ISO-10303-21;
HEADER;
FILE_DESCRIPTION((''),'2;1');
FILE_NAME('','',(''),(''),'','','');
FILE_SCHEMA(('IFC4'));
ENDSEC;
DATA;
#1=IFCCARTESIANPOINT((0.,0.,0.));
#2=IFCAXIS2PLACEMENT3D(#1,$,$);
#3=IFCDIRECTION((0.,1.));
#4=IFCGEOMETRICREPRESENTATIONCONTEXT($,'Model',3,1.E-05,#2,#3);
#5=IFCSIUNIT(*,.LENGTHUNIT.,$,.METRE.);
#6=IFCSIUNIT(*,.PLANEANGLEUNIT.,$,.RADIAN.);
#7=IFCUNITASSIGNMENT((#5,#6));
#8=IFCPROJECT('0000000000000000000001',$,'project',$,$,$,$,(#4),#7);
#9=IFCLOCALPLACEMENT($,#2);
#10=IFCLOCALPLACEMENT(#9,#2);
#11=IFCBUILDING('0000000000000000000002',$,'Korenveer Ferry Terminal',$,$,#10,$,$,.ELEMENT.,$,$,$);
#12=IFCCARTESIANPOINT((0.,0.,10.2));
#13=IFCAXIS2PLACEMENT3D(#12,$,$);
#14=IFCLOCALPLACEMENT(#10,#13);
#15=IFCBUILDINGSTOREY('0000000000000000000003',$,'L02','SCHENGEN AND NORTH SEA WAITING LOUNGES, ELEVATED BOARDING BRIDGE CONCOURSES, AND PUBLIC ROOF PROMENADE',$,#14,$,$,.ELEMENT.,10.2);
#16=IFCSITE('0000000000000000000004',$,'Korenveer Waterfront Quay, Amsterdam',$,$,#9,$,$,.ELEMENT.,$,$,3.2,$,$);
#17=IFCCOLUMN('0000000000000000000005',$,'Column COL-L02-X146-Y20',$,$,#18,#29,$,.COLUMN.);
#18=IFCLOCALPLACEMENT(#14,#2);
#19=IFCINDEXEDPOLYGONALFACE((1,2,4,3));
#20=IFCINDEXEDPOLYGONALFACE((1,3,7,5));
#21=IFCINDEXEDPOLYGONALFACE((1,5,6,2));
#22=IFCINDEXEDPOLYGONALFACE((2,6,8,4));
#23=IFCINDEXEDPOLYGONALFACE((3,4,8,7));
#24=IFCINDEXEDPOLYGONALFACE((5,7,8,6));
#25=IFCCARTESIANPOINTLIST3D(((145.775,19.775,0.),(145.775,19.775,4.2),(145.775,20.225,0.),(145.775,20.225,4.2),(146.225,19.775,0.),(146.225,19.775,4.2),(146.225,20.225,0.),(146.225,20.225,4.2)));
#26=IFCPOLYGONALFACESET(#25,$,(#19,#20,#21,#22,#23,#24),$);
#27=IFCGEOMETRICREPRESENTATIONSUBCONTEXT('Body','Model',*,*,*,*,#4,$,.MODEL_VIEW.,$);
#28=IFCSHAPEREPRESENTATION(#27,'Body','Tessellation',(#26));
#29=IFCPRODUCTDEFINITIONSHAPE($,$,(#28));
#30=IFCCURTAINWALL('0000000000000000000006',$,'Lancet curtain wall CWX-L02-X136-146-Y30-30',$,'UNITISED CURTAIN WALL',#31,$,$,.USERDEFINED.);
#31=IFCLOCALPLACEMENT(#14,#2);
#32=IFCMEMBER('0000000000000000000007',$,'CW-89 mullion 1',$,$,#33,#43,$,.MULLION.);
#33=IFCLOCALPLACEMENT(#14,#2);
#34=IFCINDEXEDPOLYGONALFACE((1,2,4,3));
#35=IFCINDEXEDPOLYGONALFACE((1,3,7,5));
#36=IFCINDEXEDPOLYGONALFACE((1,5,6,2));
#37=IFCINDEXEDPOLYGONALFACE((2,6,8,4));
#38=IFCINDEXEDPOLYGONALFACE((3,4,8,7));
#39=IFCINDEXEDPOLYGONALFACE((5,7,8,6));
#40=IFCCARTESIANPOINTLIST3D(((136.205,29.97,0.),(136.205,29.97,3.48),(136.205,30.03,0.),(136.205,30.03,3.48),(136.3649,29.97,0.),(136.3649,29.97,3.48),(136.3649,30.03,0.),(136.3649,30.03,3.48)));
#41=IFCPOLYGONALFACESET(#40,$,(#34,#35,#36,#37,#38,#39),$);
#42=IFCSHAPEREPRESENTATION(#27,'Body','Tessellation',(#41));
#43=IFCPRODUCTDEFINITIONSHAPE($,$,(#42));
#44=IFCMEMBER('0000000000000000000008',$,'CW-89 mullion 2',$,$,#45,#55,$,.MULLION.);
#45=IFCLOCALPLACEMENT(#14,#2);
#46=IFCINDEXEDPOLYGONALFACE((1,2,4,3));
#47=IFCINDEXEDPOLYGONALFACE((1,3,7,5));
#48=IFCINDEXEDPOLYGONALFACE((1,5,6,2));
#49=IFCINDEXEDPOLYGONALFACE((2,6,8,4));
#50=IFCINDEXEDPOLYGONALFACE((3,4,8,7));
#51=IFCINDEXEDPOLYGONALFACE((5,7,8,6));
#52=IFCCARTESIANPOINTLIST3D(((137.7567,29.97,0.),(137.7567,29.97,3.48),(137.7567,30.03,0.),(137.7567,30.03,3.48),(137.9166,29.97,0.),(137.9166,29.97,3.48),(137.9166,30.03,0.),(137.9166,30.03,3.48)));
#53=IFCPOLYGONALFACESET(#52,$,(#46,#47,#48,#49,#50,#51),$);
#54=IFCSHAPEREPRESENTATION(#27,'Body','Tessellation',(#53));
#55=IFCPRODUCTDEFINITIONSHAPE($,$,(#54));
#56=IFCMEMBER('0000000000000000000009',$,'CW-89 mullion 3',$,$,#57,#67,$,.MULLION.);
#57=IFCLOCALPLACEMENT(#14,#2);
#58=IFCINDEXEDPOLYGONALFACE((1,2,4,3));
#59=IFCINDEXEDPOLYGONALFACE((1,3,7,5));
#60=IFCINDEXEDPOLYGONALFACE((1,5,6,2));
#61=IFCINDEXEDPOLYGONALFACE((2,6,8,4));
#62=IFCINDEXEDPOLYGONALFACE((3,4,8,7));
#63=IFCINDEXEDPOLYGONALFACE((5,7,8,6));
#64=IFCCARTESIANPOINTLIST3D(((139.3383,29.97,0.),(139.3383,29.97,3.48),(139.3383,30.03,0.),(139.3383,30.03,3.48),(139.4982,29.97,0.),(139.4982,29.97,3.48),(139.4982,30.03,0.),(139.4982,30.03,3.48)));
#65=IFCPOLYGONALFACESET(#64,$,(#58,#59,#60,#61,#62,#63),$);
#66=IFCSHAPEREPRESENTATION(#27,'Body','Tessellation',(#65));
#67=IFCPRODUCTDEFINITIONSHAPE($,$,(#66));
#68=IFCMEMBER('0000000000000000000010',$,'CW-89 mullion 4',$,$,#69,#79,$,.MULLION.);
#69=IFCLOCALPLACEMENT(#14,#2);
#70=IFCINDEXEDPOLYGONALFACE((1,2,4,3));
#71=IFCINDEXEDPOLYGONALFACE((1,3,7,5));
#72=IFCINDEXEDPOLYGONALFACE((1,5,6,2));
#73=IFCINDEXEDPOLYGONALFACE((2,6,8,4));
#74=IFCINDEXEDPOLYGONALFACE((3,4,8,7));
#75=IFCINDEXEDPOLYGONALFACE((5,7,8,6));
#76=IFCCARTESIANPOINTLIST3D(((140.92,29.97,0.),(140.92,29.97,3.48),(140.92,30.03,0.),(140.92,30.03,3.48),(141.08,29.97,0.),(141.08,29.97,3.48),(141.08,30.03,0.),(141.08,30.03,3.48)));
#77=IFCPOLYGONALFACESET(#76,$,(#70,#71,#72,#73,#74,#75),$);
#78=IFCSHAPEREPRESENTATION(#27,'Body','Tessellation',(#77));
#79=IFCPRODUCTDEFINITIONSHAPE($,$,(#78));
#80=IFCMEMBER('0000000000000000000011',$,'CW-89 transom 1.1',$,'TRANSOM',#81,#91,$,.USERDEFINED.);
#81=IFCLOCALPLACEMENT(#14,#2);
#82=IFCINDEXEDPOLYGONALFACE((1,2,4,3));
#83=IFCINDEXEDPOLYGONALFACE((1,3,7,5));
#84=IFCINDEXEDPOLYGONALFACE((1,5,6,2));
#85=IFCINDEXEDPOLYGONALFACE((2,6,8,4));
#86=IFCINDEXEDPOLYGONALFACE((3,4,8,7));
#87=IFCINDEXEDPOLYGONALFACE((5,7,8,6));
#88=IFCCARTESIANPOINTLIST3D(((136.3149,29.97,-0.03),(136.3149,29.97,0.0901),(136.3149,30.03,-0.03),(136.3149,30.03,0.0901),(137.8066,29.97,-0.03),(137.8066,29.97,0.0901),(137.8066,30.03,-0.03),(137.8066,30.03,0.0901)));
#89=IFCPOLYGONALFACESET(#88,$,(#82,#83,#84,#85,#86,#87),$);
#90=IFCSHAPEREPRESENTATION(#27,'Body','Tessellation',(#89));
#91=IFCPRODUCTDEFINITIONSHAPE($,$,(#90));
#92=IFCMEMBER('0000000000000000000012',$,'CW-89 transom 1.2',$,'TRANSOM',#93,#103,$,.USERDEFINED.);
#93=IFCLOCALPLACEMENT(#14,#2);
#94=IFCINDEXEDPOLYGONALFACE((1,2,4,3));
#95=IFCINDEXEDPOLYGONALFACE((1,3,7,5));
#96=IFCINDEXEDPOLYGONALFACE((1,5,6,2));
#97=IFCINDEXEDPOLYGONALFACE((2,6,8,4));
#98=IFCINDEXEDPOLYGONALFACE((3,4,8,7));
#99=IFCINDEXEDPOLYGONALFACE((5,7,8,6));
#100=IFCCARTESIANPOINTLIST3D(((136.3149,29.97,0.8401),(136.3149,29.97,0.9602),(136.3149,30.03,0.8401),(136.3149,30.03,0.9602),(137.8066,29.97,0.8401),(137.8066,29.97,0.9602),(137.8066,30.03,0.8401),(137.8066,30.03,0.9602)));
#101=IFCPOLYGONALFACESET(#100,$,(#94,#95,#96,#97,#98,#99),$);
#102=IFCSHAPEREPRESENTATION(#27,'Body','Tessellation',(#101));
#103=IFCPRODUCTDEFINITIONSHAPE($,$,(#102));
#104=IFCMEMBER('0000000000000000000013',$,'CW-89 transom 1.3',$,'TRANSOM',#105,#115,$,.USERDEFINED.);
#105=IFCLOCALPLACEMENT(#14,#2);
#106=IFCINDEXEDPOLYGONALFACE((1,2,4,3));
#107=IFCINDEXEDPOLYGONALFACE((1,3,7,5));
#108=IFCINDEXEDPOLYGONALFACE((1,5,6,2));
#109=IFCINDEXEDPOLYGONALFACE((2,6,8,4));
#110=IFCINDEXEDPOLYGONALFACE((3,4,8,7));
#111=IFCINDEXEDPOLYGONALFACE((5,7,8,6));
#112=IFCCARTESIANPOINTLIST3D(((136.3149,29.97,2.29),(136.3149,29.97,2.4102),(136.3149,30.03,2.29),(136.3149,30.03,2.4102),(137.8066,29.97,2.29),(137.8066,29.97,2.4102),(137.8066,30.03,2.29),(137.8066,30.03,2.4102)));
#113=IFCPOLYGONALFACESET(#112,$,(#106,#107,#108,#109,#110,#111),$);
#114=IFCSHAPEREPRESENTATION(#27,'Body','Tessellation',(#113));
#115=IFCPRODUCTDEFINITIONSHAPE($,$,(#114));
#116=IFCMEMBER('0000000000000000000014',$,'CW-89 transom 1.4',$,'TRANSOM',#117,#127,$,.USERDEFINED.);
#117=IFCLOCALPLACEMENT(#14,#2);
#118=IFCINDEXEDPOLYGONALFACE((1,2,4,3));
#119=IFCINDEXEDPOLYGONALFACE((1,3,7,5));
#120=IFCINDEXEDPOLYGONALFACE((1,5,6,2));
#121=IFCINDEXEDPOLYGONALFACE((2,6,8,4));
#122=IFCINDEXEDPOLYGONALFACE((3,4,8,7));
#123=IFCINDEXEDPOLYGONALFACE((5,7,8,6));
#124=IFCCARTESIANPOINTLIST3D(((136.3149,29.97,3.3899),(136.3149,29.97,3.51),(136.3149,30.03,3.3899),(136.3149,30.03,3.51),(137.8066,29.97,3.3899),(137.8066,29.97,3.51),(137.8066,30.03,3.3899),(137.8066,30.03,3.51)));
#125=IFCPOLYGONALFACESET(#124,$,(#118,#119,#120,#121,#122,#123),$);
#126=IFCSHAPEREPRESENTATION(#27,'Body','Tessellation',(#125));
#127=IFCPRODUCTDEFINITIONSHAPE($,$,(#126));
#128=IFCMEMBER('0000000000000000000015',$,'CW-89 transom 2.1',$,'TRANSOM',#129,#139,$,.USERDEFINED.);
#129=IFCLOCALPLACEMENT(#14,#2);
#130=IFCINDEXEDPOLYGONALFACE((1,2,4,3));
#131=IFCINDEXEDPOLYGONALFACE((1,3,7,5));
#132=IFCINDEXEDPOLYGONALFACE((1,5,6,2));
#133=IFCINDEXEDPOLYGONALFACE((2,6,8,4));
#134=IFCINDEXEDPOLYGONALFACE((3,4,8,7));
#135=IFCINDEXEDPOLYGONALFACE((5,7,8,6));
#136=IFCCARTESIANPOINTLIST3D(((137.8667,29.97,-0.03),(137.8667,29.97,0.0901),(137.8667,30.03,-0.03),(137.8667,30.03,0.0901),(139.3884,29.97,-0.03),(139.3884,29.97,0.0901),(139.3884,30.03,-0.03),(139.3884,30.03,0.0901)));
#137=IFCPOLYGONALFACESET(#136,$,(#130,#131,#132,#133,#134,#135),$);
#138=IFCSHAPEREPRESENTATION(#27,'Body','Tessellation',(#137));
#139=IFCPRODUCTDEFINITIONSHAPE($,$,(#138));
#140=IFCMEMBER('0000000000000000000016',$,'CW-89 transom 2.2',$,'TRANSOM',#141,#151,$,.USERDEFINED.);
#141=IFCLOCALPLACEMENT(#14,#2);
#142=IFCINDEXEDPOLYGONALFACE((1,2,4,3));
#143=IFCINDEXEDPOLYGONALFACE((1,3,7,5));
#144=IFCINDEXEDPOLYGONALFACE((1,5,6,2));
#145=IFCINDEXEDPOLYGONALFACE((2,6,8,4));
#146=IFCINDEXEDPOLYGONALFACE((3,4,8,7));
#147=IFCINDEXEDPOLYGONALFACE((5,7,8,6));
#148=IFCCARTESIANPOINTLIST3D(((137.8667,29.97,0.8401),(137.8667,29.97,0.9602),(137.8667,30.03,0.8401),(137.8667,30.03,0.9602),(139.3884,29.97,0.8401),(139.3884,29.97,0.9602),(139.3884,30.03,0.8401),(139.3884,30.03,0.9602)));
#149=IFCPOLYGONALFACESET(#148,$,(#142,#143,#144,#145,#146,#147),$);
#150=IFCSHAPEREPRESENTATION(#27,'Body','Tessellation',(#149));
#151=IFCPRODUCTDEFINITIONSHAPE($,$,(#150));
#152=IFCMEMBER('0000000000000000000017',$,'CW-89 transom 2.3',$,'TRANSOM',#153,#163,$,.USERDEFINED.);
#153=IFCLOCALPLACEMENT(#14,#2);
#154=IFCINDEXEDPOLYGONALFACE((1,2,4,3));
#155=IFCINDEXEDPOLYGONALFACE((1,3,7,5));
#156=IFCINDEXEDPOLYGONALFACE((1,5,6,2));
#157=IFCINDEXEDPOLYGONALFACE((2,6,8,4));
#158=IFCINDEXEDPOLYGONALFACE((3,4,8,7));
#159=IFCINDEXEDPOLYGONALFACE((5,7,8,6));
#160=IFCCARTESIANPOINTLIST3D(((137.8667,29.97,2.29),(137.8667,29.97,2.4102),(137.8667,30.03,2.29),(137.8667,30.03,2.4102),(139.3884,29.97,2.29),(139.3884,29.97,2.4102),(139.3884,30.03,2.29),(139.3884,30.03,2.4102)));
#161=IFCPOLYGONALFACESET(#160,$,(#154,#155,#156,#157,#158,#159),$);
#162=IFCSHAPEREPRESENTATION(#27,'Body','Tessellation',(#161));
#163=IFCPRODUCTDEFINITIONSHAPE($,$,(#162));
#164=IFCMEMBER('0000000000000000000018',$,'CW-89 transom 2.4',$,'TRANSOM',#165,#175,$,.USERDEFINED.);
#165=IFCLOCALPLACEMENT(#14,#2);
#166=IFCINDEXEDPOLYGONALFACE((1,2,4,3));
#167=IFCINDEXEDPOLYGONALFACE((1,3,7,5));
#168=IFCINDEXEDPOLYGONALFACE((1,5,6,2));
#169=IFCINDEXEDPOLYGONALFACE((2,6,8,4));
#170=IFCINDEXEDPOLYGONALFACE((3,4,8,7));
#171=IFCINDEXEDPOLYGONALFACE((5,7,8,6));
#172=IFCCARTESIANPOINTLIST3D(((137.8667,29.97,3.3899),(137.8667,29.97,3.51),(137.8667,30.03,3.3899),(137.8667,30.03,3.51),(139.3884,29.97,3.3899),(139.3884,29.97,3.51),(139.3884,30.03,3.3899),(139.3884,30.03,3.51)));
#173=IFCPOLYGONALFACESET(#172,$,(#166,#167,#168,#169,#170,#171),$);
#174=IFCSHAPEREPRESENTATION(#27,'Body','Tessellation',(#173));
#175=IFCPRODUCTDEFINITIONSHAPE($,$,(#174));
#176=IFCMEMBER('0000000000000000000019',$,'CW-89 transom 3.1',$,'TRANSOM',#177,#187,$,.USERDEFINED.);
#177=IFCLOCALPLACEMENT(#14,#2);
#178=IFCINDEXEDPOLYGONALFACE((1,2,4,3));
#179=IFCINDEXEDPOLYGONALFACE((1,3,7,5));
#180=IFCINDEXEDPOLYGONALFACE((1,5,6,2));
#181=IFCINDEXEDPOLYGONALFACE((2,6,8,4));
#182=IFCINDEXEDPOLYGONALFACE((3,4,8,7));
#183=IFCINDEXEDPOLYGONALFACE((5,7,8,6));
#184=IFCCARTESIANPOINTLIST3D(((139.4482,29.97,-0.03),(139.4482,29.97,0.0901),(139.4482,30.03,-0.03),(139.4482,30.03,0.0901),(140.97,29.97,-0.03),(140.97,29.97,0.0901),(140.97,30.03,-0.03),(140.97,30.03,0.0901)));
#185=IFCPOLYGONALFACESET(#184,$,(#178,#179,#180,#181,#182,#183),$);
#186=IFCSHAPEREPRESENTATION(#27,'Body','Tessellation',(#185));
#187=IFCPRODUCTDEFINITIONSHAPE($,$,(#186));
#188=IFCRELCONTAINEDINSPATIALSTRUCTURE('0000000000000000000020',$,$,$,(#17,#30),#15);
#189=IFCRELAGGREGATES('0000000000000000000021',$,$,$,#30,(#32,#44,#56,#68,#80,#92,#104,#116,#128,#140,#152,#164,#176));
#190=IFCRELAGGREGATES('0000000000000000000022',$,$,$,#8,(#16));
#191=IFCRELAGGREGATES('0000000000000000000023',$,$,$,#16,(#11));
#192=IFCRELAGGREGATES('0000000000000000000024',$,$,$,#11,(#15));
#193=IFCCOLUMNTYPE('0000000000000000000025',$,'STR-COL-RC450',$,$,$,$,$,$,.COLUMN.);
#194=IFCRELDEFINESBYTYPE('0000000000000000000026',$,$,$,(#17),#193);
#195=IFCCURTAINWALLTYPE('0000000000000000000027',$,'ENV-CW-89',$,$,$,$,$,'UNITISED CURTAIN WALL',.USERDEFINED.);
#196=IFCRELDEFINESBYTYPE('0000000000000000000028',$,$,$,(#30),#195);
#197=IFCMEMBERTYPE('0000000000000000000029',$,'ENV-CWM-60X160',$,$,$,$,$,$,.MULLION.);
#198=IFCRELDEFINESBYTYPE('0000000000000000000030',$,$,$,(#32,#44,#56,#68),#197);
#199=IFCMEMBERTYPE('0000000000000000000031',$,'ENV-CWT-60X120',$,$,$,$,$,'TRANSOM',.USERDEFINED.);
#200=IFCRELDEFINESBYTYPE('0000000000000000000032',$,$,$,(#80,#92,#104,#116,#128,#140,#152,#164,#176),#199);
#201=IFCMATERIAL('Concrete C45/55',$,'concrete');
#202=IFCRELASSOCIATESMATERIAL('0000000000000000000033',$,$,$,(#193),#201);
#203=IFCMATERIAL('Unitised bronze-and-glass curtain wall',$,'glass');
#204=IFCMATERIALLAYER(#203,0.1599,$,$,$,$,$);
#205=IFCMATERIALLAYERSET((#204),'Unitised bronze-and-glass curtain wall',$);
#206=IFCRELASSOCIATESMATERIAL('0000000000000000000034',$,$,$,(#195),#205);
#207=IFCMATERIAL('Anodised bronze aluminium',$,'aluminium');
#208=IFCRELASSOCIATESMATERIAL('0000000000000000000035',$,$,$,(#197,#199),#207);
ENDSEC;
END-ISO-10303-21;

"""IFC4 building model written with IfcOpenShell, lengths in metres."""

from ifc_helpers import new_model, si_unit, direction, frame, origin, origin_2d, place, context, subcontext, project, spatial, rectangle, extrude, material, layer, layer_set, material_profile, profile_set, type_object, element, aggregate, save


model = new_model("IFC4")

# Units and contexts
model_context = context("Model", 3, precision=1e-05, world=origin(), true_north=direction((0.0, 1.0)))
body_context = subcontext(model_context, "Body", "Model", "MODEL_VIEW")
ifc_project = project(units=[si_unit("LENGTHUNIT", "METRE"), si_unit("PLANEANGLEUNIT", "RADIAN")], contexts=[model_context])

# Site, building, storey
site_placement = place(None, origin())
site = spatial("IfcSite", under=ifc_project, at=site_placement, Name="Korenveer Waterfront Quay, Amsterdam", CompositionType="ELEMENT", RefElevation=3.2)
building_placement = place(site_placement, origin())
building = spatial("IfcBuilding", under=site, at=building_placement, Name="Korenveer Ferry Terminal", CompositionType="ELEMENT")
storey_placement = place(building_placement, frame((0.0, 0.0, 10.2)))
storey = spatial("IfcBuildingStorey", under=building, at=storey_placement, Name="L02", Description="SCHENGEN AND NORTH SEA WAITING LOUNGES, ELEVATED BOARDING BRIDGE CONCOURSES, AND PUBLIC ROOF PROMENADE", CompositionType="ELEMENT", Elevation=10.2)

# Column
ifc_material_1 = material(Name="Concrete C45/55", Category="concrete")
ifc_material_profile_1 = material_profile(ifc_material_1, rectangle(XDim=0.45, YDim=0.45, at=origin_2d()), Name="RC 450x450")
ifc_profile_set_1 = profile_set([ifc_material_profile_1], Name="Concrete C45/55")
column_type = type_object("IfcColumnType", Name="STR-COL-RC450", PredefinedType="COLUMN", material=ifc_profile_set_1)
column_placement = place(storey_placement, frame((146.0, 20.0, 0.0), z_axis=(0.0, 0.0, 1.0), x_axis=(1.0, 0.0, 0.0)))
element("IfcColumn", 1, at=column_placement, inside=storey, type_object=column_type, Name="Column COL-L02-X146-Y20", PredefinedType="COLUMN", context=body_context, shape_type="SweptSolid", body=[
    extrude(rectangle(XDim=0.45, YDim=0.45, at=origin_2d()), origin(), (0.0, 0.0, 1.0), 4.2),
])

# Curtain wall, members
ifc_material_2 = material(Name="Unitised bronze-and-glass curtain wall", Category="glass")
ifc_layer_1 = layer(ifc_material_2, 0.1599)
ifc_layer_set_1 = layer_set([ifc_layer_1], Name="Unitised bronze-and-glass curtain wall")
curtain_wall_type = type_object("IfcCurtainWallType", Name="ENV-CW-89", ElementType="UNITISED CURTAIN WALL", PredefinedType="USERDEFINED", material=ifc_layer_set_1)
curtain_wall_placement = place(storey_placement, frame((136.2549, 30.0, 0.0)))
curtain_wall = element("IfcCurtainWall", 2, at=curtain_wall_placement, inside=storey, type_object=curtain_wall_type, Name="Lancet curtain wall CWX-L02-X136-146-Y30-30", ObjectType="UNITISED CURTAIN WALL", PredefinedType="USERDEFINED")
ifc_material_3 = material(Name="Anodised bronze aluminium", Category="aluminium")
ifc_material_profile_2 = material_profile(ifc_material_3, rectangle(XDim=0.0601, YDim=0.1599, at=origin_2d()), Name="ALU 60x160")
ifc_profile_set_2 = profile_set([ifc_material_profile_2], Name="Anodised bronze aluminium")
member_type_1 = type_object("IfcMemberType", Name="ENV-CWM-60X160", PredefinedType="MULLION", material=ifc_profile_set_2)
member_1_placement = place(storey_placement, frame((136.2849, 30.0, 0.0), z_axis=(0.0, 0.0, 1.0), x_axis=(0.0, 1.0, 0.0)))
member_1 = element("IfcMember", 3, at=member_1_placement, type_object=member_type_1, Name="CW-89 mullion 1", PredefinedType="MULLION", context=body_context, shape_type="SweptSolid", body=[
    extrude(rectangle(XDim=0.0601, YDim=0.1599, at=origin_2d()), origin(), (0.0, 0.0, 1.0), 3.48),
])
member_2_placement = place(storey_placement, frame((137.8367, 30.0, 0.0), z_axis=(0.0, 0.0, 1.0), x_axis=(0.0, 1.0, 0.0)))
member_2 = element("IfcMember", 4, at=member_2_placement, type_object=member_type_1, Name="CW-89 mullion 2", PredefinedType="MULLION", context=body_context, shape_type="SweptSolid", body=[
    extrude(rectangle(XDim=0.0601, YDim=0.1599, at=origin_2d()), origin(), (0.0, 0.0, 1.0), 3.48),
])
member_3_placement = place(storey_placement, frame((139.4182, 30.0, 0.0), z_axis=(0.0, 0.0, 1.0), x_axis=(0.0, 1.0, 0.0)))
member_3 = element("IfcMember", 5, at=member_3_placement, type_object=member_type_1, Name="CW-89 mullion 3", PredefinedType="MULLION", context=body_context, shape_type="SweptSolid", body=[
    extrude(rectangle(XDim=0.0601, YDim=0.1599, at=origin_2d()), origin(), (0.0, 0.0, 1.0), 3.48),
])
member_4_placement = place(storey_placement, frame((141.0, 30.0, 0.0), z_axis=(0.0, 0.0, 1.0), x_axis=(0.0, 1.0, 0.0)))
member_4 = element("IfcMember", 6, at=member_4_placement, type_object=member_type_1, Name="CW-89 mullion 4", PredefinedType="MULLION", context=body_context, shape_type="SweptSolid", body=[
    extrude(rectangle(XDim=0.0601, YDim=0.1599, at=origin_2d()), origin(), (0.0, 0.0, 1.0), 3.48),
])
ifc_material_profile_3 = material_profile(ifc_material_3, rectangle(XDim=0.0601, YDim=0.1201, at=origin_2d()), Name="ALU 60x120")
ifc_profile_set_3 = profile_set([ifc_material_profile_3], Name="Anodised bronze aluminium")
member_type_2 = type_object("IfcMemberType", Name="ENV-CWT-60X120", ElementType="TRANSOM", PredefinedType="USERDEFINED", material=ifc_profile_set_3)
member_5_placement = place(storey_placement, frame((136.3149, 30.0, 0.03), z_axis=(1.0, 0.0, 0.0), x_axis=(0.0, 1.0, 0.0)))
member_5 = element("IfcMember", 7, at=member_5_placement, type_object=member_type_2, Name="CW-89 transom 1.1", ObjectType="TRANSOM", PredefinedType="USERDEFINED", context=body_context, shape_type="SweptSolid", body=[
    extrude(rectangle(XDim=0.0601, YDim=0.1201, at=origin_2d()), origin(), (0.0, 0.0, 1.0), 1.4917),
])
member_6_placement = place(storey_placement, frame((136.3149, 30.0, 0.9001), z_axis=(1.0, 0.0, 0.0), x_axis=(0.0, 1.0, 0.0)))
member_6 = element("IfcMember", 8, at=member_6_placement, type_object=member_type_2, Name="CW-89 transom 1.2", ObjectType="TRANSOM", PredefinedType="USERDEFINED", context=body_context, shape_type="SweptSolid", body=[
    extrude(rectangle(XDim=0.0601, YDim=0.1201, at=origin_2d()), origin(), (0.0, 0.0, 1.0), 1.4917),
])
member_7_placement = place(storey_placement, frame((136.3149, 30.0, 2.3501), z_axis=(1.0, 0.0, 0.0), x_axis=(0.0, 1.0, 0.0)))
member_7 = element("IfcMember", 9, at=member_7_placement, type_object=member_type_2, Name="CW-89 transom 1.3", ObjectType="TRANSOM", PredefinedType="USERDEFINED", context=body_context, shape_type="SweptSolid", body=[
    extrude(rectangle(XDim=0.0601, YDim=0.1201, at=origin_2d()), origin(), (0.0, 0.0, 1.0), 1.4917),
])
member_8_placement = place(storey_placement, frame((136.3149, 30.0, 3.45), z_axis=(1.0, 0.0, 0.0), x_axis=(0.0, 1.0, 0.0)))
member_8 = element("IfcMember", 10, at=member_8_placement, type_object=member_type_2, Name="CW-89 transom 1.4", ObjectType="TRANSOM", PredefinedType="USERDEFINED", context=body_context, shape_type="SweptSolid", body=[
    extrude(rectangle(XDim=0.0601, YDim=0.1201, at=origin_2d()), origin(), (0.0, 0.0, 1.0), 1.4917),
])
member_9_placement = place(storey_placement, frame((137.8667, 30.0, 0.03), z_axis=(1.0, 0.0, 0.0), x_axis=(0.0, 1.0, 0.0)))
member_9 = element("IfcMember", 11, at=member_9_placement, type_object=member_type_2, Name="CW-89 transom 2.1", ObjectType="TRANSOM", PredefinedType="USERDEFINED", context=body_context, shape_type="SweptSolid", body=[
    extrude(rectangle(XDim=0.0601, YDim=0.1201, at=origin_2d()), origin(), (0.0, 0.0, 1.0), 1.5217),
])
member_10_placement = place(storey_placement, frame((137.8667, 30.0, 0.9001), z_axis=(1.0, 0.0, 0.0), x_axis=(0.0, 1.0, 0.0)))
member_10 = element("IfcMember", 12, at=member_10_placement, type_object=member_type_2, Name="CW-89 transom 2.2", ObjectType="TRANSOM", PredefinedType="USERDEFINED", context=body_context, shape_type="SweptSolid", body=[
    extrude(rectangle(XDim=0.0601, YDim=0.1201, at=origin_2d()), origin(), (0.0, 0.0, 1.0), 1.5217),
])
member_11_placement = place(storey_placement, frame((137.8667, 30.0, 2.3501), z_axis=(1.0, 0.0, 0.0), x_axis=(0.0, 1.0, 0.0)))
member_11 = element("IfcMember", 13, at=member_11_placement, type_object=member_type_2, Name="CW-89 transom 2.3", ObjectType="TRANSOM", PredefinedType="USERDEFINED", context=body_context, shape_type="SweptSolid", body=[
    extrude(rectangle(XDim=0.0601, YDim=0.1201, at=origin_2d()), origin(), (0.0, 0.0, 1.0), 1.5217),
])
member_12_placement = place(storey_placement, frame((137.8667, 30.0, 3.45), z_axis=(1.0, 0.0, 0.0), x_axis=(0.0, 1.0, 0.0)))
member_12 = element("IfcMember", 14, at=member_12_placement, type_object=member_type_2, Name="CW-89 transom 2.4", ObjectType="TRANSOM", PredefinedType="USERDEFINED", context=body_context, shape_type="SweptSolid", body=[
    extrude(rectangle(XDim=0.0601, YDim=0.1201, at=origin_2d()), origin(), (0.0, 0.0, 1.0), 1.5217),
])
member_13_placement = place(storey_placement, frame((139.4482, 30.0, 0.03), z_axis=(1.0, 0.0, 0.0), x_axis=(0.0, 1.0, 0.0)))
member_13 = element("IfcMember", 15, at=member_13_placement, type_object=member_type_2, Name="CW-89 transom 3.1", ObjectType="TRANSOM", PredefinedType="USERDEFINED", context=body_context, shape_type="SweptSolid", body=[
    extrude(rectangle(XDim=0.0601, YDim=0.1201, at=origin_2d()), origin(), (0.0, 0.0, 1.0), 1.5217),
])

aggregate(curtain_wall, [member_1, member_2, member_3, member_4, member_5, member_6, member_7, member_8, member_9, member_10, member_11, member_12, member_13])

save(model, "model.ifc")
